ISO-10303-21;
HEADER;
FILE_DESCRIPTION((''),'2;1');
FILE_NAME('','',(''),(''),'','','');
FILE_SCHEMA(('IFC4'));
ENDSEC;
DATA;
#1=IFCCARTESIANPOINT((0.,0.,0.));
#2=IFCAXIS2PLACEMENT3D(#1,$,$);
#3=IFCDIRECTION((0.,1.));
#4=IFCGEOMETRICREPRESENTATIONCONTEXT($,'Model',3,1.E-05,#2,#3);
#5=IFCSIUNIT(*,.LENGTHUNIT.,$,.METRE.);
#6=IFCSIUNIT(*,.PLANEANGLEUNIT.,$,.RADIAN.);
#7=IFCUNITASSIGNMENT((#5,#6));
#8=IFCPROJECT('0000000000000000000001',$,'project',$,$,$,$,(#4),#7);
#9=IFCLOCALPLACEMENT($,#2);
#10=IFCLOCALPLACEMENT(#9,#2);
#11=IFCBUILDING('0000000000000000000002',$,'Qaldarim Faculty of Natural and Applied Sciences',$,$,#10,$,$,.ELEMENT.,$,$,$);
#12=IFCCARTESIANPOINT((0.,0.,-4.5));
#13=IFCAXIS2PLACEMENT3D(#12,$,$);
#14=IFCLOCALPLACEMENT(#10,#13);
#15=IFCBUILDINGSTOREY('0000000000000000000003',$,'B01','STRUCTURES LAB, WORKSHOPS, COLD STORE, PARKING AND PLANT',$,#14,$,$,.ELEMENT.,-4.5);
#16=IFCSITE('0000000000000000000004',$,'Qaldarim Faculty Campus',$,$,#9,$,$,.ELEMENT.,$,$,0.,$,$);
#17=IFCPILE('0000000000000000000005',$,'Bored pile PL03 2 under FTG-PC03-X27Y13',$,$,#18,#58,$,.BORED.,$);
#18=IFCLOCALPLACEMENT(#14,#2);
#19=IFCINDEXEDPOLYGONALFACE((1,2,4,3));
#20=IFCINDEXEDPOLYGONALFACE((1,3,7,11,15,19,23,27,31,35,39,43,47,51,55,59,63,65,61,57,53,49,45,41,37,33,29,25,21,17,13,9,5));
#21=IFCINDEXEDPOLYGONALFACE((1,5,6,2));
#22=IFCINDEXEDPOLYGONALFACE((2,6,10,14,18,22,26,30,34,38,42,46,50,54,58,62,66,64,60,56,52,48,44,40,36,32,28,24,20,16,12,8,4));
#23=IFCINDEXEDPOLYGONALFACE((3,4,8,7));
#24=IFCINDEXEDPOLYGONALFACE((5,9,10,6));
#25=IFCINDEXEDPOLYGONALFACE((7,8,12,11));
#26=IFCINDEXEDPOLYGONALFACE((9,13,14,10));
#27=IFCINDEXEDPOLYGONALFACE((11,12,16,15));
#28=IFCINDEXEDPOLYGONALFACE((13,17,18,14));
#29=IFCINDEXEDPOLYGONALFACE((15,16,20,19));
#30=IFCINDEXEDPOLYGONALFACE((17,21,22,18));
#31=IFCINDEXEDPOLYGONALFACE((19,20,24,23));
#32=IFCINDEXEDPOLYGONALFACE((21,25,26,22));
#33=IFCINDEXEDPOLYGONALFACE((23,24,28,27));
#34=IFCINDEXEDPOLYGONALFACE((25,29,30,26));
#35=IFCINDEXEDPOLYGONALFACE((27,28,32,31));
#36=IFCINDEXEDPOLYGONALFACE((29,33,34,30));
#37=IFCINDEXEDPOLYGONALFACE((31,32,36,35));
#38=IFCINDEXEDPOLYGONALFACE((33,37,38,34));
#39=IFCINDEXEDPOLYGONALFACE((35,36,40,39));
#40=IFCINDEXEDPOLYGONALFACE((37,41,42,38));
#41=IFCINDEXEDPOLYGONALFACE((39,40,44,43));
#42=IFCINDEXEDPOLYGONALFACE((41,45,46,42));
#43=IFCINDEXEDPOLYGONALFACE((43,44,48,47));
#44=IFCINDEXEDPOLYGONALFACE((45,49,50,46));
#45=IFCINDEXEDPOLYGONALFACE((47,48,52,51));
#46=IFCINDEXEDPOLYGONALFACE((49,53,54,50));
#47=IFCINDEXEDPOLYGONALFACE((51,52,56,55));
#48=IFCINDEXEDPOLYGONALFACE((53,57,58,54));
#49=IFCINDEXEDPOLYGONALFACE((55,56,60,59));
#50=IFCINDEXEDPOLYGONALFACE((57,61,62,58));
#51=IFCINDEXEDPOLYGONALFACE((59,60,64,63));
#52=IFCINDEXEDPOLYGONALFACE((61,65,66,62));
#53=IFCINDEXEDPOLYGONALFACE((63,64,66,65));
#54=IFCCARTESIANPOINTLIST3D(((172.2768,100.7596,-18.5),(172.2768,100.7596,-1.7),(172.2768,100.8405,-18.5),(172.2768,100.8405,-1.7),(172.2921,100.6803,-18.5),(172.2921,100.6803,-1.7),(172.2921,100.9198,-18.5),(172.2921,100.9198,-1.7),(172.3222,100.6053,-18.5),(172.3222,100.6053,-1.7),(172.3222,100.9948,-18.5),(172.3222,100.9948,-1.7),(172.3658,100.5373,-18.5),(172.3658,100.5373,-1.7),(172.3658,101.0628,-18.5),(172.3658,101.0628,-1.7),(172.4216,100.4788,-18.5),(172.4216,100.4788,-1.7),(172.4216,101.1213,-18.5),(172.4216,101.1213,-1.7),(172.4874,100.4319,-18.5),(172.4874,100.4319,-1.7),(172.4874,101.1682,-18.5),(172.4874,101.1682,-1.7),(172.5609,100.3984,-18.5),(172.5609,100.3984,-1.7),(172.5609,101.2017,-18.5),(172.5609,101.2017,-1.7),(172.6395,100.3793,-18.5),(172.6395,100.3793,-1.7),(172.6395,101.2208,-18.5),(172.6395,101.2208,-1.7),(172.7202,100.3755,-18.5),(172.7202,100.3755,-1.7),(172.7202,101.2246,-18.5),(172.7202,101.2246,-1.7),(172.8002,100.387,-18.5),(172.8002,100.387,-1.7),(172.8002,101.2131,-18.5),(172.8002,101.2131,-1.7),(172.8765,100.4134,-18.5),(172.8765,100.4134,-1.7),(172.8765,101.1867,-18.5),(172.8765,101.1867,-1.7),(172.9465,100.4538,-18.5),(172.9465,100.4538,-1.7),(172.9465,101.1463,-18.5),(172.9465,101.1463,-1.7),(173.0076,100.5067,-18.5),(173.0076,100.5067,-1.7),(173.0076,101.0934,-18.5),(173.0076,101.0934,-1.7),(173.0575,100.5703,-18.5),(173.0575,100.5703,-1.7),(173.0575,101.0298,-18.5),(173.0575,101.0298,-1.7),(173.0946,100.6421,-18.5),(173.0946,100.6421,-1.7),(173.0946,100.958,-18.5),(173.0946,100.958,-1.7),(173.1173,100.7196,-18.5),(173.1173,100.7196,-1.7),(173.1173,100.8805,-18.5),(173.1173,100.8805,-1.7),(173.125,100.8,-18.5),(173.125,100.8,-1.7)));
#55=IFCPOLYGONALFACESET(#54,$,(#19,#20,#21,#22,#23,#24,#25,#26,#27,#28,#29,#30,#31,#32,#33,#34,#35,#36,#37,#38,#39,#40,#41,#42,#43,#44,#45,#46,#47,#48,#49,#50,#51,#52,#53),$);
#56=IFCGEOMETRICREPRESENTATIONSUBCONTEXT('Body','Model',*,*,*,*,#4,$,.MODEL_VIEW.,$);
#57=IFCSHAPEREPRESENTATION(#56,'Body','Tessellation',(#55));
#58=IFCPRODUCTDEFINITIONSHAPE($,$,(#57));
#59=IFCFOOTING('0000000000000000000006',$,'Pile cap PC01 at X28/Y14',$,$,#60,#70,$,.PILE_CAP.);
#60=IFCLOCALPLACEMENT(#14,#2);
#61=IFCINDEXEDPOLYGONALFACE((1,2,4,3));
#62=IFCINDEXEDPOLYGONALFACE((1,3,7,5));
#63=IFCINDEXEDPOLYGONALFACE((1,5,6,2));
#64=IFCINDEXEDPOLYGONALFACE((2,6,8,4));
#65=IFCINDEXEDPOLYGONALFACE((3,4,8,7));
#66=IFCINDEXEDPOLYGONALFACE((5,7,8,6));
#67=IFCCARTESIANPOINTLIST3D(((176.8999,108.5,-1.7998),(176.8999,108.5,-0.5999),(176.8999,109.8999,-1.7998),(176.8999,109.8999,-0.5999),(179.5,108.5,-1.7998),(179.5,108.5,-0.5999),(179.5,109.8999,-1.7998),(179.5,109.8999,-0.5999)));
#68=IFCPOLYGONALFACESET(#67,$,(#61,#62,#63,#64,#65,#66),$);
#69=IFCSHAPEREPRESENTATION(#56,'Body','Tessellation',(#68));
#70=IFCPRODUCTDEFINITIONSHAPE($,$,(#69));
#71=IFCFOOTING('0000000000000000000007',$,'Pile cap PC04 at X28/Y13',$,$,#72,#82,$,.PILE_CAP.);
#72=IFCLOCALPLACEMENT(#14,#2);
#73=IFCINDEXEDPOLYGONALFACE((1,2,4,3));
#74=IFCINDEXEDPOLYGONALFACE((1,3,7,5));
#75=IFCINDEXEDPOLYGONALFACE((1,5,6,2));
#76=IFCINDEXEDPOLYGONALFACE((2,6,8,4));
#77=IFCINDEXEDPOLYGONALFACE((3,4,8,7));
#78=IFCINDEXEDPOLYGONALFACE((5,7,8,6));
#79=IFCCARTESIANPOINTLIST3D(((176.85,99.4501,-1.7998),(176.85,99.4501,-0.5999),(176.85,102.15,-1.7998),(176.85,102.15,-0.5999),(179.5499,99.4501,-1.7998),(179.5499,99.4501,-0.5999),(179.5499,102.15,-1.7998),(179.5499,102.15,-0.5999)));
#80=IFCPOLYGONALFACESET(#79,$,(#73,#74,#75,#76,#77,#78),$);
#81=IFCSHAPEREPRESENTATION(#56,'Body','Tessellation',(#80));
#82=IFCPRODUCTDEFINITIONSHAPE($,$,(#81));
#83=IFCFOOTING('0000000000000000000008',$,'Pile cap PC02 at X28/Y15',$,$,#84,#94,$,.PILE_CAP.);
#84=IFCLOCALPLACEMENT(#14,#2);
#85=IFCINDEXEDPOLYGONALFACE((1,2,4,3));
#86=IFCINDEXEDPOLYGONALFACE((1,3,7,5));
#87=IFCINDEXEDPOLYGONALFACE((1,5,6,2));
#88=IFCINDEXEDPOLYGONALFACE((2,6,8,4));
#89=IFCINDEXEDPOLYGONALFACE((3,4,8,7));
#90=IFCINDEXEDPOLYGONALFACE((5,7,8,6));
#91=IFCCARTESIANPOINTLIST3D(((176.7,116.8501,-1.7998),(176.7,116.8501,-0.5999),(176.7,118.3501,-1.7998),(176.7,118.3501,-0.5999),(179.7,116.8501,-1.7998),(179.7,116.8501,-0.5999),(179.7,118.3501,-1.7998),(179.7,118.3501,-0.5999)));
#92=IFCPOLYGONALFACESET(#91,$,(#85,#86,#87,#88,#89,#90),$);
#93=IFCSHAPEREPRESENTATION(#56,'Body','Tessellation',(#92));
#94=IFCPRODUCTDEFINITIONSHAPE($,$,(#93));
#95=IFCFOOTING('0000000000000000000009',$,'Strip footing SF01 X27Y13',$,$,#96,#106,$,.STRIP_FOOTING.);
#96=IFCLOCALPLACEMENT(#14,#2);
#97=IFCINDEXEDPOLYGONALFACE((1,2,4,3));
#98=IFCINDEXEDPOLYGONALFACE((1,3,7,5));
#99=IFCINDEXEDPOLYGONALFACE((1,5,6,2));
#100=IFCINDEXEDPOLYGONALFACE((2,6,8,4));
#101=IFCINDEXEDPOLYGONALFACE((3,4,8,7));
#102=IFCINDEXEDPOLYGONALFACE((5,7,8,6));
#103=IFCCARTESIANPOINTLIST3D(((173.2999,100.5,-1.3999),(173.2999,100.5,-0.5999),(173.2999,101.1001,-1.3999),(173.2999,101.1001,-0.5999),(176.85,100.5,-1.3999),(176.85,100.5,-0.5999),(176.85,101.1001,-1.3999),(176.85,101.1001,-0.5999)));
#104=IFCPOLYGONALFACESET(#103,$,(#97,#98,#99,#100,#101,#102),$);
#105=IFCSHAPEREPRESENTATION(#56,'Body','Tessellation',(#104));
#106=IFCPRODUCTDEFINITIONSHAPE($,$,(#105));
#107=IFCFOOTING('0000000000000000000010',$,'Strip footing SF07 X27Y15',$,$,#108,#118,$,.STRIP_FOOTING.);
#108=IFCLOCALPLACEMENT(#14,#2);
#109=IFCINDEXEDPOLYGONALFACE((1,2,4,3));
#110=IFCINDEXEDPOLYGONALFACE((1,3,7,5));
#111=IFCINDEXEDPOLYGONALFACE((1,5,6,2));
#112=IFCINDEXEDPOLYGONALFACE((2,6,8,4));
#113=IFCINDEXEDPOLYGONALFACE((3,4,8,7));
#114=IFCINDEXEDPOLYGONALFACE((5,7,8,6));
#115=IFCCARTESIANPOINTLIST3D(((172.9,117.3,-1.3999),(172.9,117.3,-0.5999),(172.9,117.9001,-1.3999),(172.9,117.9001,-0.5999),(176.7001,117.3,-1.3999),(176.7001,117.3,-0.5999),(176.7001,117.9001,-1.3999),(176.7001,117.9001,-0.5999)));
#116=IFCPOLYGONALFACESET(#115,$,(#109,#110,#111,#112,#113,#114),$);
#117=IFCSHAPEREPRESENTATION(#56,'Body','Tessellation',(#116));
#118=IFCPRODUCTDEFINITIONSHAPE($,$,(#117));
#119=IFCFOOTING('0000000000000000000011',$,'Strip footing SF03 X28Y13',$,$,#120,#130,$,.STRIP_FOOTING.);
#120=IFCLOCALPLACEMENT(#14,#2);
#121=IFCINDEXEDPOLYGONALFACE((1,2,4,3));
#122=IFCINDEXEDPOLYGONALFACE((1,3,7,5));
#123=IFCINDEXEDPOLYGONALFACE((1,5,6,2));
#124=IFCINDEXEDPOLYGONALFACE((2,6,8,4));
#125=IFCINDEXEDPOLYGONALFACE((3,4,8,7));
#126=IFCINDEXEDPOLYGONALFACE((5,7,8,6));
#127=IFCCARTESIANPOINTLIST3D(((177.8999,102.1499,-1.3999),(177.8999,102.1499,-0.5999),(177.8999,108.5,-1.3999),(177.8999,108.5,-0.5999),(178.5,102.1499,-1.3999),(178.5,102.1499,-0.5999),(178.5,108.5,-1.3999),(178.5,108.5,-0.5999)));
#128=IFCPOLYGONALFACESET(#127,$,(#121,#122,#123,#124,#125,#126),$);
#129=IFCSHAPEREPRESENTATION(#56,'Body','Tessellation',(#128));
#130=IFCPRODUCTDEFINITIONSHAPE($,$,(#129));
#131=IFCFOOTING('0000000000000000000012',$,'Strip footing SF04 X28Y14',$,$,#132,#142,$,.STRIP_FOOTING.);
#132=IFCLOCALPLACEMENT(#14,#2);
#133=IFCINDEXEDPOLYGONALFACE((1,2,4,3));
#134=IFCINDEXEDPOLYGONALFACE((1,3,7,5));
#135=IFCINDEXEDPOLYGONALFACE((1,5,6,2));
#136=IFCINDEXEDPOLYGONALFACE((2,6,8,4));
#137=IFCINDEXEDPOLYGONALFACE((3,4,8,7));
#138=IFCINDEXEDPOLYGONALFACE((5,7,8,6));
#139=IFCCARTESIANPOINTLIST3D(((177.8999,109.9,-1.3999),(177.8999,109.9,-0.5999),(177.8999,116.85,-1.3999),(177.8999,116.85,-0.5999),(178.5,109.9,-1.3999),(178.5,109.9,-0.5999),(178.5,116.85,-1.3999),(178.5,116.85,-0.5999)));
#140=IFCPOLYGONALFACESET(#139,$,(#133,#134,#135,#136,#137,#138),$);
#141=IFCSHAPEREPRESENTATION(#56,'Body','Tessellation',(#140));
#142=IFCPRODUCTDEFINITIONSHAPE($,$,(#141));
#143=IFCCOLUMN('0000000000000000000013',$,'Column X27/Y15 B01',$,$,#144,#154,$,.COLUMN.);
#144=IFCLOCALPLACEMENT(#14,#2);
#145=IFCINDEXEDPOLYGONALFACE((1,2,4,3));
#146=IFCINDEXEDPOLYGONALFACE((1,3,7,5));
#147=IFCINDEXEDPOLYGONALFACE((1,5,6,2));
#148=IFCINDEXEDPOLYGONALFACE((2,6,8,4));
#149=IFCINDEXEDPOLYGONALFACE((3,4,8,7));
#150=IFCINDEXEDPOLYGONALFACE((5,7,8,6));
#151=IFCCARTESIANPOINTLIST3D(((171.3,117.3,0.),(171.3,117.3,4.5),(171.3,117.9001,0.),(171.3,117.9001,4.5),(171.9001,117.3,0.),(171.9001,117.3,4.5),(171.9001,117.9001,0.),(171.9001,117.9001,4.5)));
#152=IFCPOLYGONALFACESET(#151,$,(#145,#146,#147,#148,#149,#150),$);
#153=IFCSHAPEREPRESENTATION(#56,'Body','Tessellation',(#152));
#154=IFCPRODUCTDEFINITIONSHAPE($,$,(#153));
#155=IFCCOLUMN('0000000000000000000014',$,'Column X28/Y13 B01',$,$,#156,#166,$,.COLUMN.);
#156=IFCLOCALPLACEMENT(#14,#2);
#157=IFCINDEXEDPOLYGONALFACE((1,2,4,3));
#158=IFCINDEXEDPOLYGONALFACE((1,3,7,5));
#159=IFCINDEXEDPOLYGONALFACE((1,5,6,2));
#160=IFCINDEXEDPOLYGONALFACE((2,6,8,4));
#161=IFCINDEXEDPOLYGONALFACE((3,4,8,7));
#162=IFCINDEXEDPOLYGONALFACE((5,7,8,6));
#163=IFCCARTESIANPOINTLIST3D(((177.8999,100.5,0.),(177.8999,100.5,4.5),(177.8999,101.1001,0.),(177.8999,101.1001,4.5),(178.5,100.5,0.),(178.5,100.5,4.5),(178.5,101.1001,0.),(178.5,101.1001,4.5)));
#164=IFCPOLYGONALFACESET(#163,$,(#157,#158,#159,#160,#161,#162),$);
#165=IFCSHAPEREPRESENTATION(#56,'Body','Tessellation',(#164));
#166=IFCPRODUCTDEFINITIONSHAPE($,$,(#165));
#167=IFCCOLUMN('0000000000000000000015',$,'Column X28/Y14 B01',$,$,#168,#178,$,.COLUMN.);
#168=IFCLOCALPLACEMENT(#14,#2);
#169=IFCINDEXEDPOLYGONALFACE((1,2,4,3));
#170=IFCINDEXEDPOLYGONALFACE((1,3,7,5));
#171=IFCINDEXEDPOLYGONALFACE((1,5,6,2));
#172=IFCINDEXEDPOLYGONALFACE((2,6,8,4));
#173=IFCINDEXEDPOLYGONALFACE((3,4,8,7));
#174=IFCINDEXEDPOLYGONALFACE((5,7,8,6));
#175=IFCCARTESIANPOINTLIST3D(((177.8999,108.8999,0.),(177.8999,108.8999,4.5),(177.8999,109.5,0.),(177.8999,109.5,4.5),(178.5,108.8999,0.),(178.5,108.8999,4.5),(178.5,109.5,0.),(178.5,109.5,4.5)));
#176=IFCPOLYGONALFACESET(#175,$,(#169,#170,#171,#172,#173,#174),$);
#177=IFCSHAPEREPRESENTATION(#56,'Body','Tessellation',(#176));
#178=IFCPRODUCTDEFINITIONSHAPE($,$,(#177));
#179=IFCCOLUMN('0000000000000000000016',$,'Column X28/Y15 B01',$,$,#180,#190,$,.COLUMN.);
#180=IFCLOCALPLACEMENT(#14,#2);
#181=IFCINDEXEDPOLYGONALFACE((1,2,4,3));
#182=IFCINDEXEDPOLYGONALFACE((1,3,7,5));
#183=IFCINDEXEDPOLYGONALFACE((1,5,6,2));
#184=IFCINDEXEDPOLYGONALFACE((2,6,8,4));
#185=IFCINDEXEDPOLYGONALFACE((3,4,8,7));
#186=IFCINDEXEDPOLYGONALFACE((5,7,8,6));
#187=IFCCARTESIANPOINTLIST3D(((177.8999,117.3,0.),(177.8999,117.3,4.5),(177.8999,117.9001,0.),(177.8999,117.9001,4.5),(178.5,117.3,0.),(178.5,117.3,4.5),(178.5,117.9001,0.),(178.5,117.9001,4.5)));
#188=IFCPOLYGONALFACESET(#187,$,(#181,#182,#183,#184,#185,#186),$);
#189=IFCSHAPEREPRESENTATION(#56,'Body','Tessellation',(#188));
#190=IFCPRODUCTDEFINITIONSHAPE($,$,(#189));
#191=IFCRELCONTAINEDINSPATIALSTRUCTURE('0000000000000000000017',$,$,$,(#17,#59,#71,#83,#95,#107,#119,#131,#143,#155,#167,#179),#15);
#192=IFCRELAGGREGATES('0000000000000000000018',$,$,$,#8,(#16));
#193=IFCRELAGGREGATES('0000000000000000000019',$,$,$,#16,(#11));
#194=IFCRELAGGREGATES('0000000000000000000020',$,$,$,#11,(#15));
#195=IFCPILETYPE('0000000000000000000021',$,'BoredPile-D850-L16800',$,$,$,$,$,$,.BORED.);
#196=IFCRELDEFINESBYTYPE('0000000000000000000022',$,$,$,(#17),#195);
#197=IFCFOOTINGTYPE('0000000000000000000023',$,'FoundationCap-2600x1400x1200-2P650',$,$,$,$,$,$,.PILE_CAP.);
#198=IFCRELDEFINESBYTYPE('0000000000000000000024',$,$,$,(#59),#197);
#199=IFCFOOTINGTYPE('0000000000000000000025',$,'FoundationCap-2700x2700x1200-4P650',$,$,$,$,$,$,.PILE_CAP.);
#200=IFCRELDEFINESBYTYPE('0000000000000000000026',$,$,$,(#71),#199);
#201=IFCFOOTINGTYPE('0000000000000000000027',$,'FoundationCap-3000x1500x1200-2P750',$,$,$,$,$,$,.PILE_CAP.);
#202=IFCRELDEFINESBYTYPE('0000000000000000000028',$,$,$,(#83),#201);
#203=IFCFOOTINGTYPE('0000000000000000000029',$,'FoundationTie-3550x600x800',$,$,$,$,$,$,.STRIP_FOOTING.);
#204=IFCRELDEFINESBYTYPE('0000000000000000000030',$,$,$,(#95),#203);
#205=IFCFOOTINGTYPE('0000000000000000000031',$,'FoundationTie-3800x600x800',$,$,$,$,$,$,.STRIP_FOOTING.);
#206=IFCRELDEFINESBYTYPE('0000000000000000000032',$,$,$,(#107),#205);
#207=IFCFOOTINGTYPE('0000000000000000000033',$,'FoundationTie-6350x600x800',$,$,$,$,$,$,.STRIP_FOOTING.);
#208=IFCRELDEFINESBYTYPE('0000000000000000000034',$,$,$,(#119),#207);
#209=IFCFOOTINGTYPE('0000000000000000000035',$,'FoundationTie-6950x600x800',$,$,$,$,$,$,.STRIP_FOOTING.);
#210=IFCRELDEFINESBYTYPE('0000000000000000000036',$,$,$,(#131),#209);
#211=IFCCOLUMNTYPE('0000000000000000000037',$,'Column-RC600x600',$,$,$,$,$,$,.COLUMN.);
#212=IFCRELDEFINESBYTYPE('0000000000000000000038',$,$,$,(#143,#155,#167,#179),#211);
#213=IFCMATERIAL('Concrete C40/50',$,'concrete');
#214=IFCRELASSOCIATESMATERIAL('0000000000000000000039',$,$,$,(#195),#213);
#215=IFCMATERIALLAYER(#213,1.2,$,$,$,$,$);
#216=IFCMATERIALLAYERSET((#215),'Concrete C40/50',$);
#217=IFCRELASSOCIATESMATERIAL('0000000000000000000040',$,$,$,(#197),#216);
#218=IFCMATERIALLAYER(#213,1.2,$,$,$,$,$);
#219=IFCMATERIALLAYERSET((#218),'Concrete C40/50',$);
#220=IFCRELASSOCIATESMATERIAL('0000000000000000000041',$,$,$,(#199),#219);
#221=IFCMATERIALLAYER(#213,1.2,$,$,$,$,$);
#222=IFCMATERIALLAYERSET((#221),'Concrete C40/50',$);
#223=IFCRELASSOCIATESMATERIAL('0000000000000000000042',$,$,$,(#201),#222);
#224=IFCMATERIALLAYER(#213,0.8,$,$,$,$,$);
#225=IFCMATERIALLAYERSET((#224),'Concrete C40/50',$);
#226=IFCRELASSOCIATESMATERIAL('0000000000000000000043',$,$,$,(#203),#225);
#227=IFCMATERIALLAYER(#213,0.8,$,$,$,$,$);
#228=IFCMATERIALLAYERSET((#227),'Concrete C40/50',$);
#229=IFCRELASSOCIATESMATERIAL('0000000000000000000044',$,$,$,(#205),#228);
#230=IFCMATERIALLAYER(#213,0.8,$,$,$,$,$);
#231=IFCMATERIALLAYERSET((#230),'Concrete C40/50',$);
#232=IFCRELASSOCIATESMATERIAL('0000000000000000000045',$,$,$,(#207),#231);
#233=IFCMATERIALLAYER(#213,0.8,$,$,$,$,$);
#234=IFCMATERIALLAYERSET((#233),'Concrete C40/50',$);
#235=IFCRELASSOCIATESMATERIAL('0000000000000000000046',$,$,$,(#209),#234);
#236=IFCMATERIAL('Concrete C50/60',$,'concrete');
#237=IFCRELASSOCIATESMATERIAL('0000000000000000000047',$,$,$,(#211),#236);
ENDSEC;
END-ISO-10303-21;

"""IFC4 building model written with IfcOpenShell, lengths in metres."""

from ifc_helpers import new_model, si_unit, direction, frame, origin, origin_2d, place, context, subcontext, project, spatial, rectangle, circle, extrude, material, layer, layer_set, material_profile, profile_set, type_object, element, save


model = new_model("IFC4")

# Units and contexts
model_context = context("Model", 3, precision=1e-05, world=origin(), true_north=direction((0.0, 1.0)))
body_context = subcontext(model_context, "Body", "Model", "MODEL_VIEW")
ifc_project = project(units=[si_unit("LENGTHUNIT", "METRE"), si_unit("PLANEANGLEUNIT", "RADIAN")], contexts=[model_context])

# Site, building, storey
site_placement = place(None, origin())
site = spatial("IfcSite", under=ifc_project, at=site_placement, Name="Qaldarim Faculty Campus", CompositionType="ELEMENT", RefElevation=0.0)
building_placement = place(site_placement, origin())
building = spatial("IfcBuilding", under=site, at=building_placement, Name="Qaldarim Faculty of Natural and Applied Sciences", CompositionType="ELEMENT")
storey_placement = place(building_placement, frame((0.0, 0.0, -4.5)))
storey = spatial("IfcBuildingStorey", under=building, at=storey_placement, Name="B01", Description="STRUCTURES LAB, WORKSHOPS, COLD STORE, PARKING AND PLANT", CompositionType="ELEMENT", Elevation=-4.5)

# Pile
ifc_material_1 = material(Name="Concrete C40/50", Category="concrete")
ifc_material_profile_1 = material_profile(ifc_material_1, circle(Radius=0.425, at=origin_2d()), Name="PILE-D850")
ifc_profile_set_1 = profile_set([ifc_material_profile_1], Name="Concrete C40/50")
pile_type_1 = type_object("IfcPileType", Name="BoredPile-D850-L16800", PredefinedType="BORED", material=ifc_profile_set_1)
pile_placement = place(storey_placement, frame((172.7, 100.8, -1.7), z_axis=(0.0, 0.0, -1.0), x_axis=(1.0, 0.0, 0.0)))
element("IfcPile", 1, at=pile_placement, inside=storey, type_object=pile_type_1, Name="Bored pile PL03 2 under FTG-PC03-X27Y13", PredefinedType="BORED", context=body_context, shape_type="SweptSolid", body=[
    extrude(circle(Radius=0.425, at=origin_2d()), origin(), (0.0, 0.0, 1.0), 16.8),
])

# Footings
ifc_layer_1 = layer(ifc_material_1, 1.2)
ifc_layer_set_1 = layer_set([ifc_layer_1], Name="Concrete C40/50")
footing_type_1 = type_object("IfcFootingType", Name="FoundationCap-2600x1400x1200-2P650", PredefinedType="PILE_CAP", material=ifc_layer_set_1)
footing_1_placement = place(storey_placement, frame((178.2, 109.2, -1.7998), z_axis=(0.0, 0.0, 1.0), x_axis=(1.0, 0.0, 0.0)))
element("IfcFooting", 2, at=footing_1_placement, inside=storey, type_object=footing_type_1, Name="Pile cap PC01 at X28/Y14", PredefinedType="PILE_CAP", context=body_context, shape_type="SweptSolid", body=[
    extrude(rectangle(XDim=2.6001, YDim=1.3999, at=origin_2d()), origin(), (0.0, 0.0, 1.0), 1.2),
])
ifc_layer_2 = layer(ifc_material_1, 1.2)
ifc_layer_set_2 = layer_set([ifc_layer_2], Name="Concrete C40/50")
footing_type_2 = type_object("IfcFootingType", Name="FoundationCap-2700x2700x1200-4P650", PredefinedType="PILE_CAP", material=ifc_layer_set_2)
footing_2_placement = place(storey_placement, frame((178.2, 100.8, -1.7998), z_axis=(0.0, 0.0, 1.0), x_axis=(1.0, 0.0, 0.0)))
element("IfcFooting", 3, at=footing_2_placement, inside=storey, type_object=footing_type_2, Name="Pile cap PC04 at X28/Y13", PredefinedType="PILE_CAP", context=body_context, shape_type="SweptSolid", body=[
    extrude(rectangle(XDim=2.7, YDim=2.7, at=origin_2d()), origin(), (0.0, 0.0, 1.0), 1.2),
])
ifc_layer_3 = layer(ifc_material_1, 1.2)
ifc_layer_set_3 = layer_set([ifc_layer_3], Name="Concrete C40/50")
footing_type_3 = type_object("IfcFootingType", Name="FoundationCap-3000x1500x1200-2P750", PredefinedType="PILE_CAP", material=ifc_layer_set_3)
footing_3_placement = place(storey_placement, frame((178.2, 117.6001, -1.7998), z_axis=(0.0, 0.0, 1.0), x_axis=(1.0, 0.0, 0.0)))
element("IfcFooting", 4, at=footing_3_placement, inside=storey, type_object=footing_type_3, Name="Pile cap PC02 at X28/Y15", PredefinedType="PILE_CAP", context=body_context, shape_type="SweptSolid", body=[
    extrude(rectangle(XDim=3.0, YDim=1.5, at=origin_2d()), origin(), (0.0, 0.0, 1.0), 1.2),
])
ifc_layer_4 = layer(ifc_material_1, 0.8)
ifc_layer_set_4 = layer_set([ifc_layer_4], Name="Concrete C40/50")
footing_type_4 = type_object("IfcFootingType", Name="FoundationTie-3550x600x800", PredefinedType="STRIP_FOOTING", material=ifc_layer_set_4)
footing_4_placement = place(storey_placement, frame((175.075, 100.8, -1.3999), z_axis=(0.0, 0.0, 1.0), x_axis=(1.0, 0.0, 0.0)))
element("IfcFooting", 5, at=footing_4_placement, inside=storey, type_object=footing_type_4, Name="Strip footing SF01 X27Y13", PredefinedType="STRIP_FOOTING", context=body_context, shape_type="SweptSolid", body=[
    extrude(rectangle(XDim=3.55, YDim=0.6001, at=origin_2d()), origin(), (0.0, 0.0, 1.0), 0.8),
])
ifc_layer_5 = layer(ifc_material_1, 0.8)
ifc_layer_set_5 = layer_set([ifc_layer_5], Name="Concrete C40/50")
footing_type_5 = type_object("IfcFootingType", Name="FoundationTie-3800x600x800", PredefinedType="STRIP_FOOTING", material=ifc_layer_set_5)
footing_5_placement = place(storey_placement, frame((174.8, 117.6001, -1.3999), z_axis=(0.0, 0.0, 1.0), x_axis=(1.0, 0.0, 0.0)))
element("IfcFooting", 6, at=footing_5_placement, inside=storey, type_object=footing_type_5, Name="Strip footing SF07 X27Y15", PredefinedType="STRIP_FOOTING", context=body_context, shape_type="SweptSolid", body=[
    extrude(rectangle(XDim=3.8, YDim=0.6001, at=origin_2d()), origin(), (0.0, 0.0, 1.0), 0.8),
])
ifc_layer_6 = layer(ifc_material_1, 0.8)
ifc_layer_set_6 = layer_set([ifc_layer_6], Name="Concrete C40/50")
footing_type_6 = type_object("IfcFootingType", Name="FoundationTie-6350x600x800", PredefinedType="STRIP_FOOTING", material=ifc_layer_set_6)
footing_6_placement = place(storey_placement, frame((178.2, 105.325, -1.3999), z_axis=(0.0, 0.0, 1.0), x_axis=(0.0, 1.0, 0.0)))
element("IfcFooting", 7, at=footing_6_placement, inside=storey, type_object=footing_type_6, Name="Strip footing SF03 X28Y13", PredefinedType="STRIP_FOOTING", context=body_context, shape_type="SweptSolid", body=[
    extrude(rectangle(XDim=6.3501, YDim=0.6001, at=origin_2d()), origin(), (0.0, 0.0, 1.0), 0.8),
])
ifc_layer_7 = layer(ifc_material_1, 0.8)
ifc_layer_set_7 = layer_set([ifc_layer_7], Name="Concrete C40/50")
footing_type_7 = type_object("IfcFootingType", Name="FoundationTie-6950x600x800", PredefinedType="STRIP_FOOTING", material=ifc_layer_set_7)
footing_7_placement = place(storey_placement, frame((178.2, 113.375, -1.3999), z_axis=(0.0, 0.0, 1.0), x_axis=(0.0, 1.0, 0.0)))
element("IfcFooting", 8, at=footing_7_placement, inside=storey, type_object=footing_type_7, Name="Strip footing SF04 X28Y14", PredefinedType="STRIP_FOOTING", context=body_context, shape_type="SweptSolid", body=[
    extrude(rectangle(XDim=6.95, YDim=0.6001, at=origin_2d()), origin(), (0.0, 0.0, 1.0), 0.8),
])

# Columns
ifc_material_2 = material(Name="Concrete C50/60", Category="concrete")
ifc_material_profile_2 = material_profile(ifc_material_2, rectangle(XDim=0.6001, YDim=0.6001, at=origin_2d()), Name="RC-C600x600")
ifc_profile_set_2 = profile_set([ifc_material_profile_2], Name="Concrete C50/60")
column_type_1 = type_object("IfcColumnType", Name="Column-RC600x600", PredefinedType="COLUMN", material=ifc_profile_set_2)
for number, where, z_axis, x_axis, name in (
    (9, (171.6001, 117.6001, 0.0), (0.0, 0.0, 1.0), (1.0, 0.0, 0.0), "Column X27/Y15 B01"),
    (10, (178.2, 100.8, 0.0), (0.0, 0.0, 1.0), (1.0, 0.0, 0.0), "Column X28/Y13 B01"),
    (11, (178.2, 109.2, 0.0), (0.0, 0.0, 1.0), (1.0, 0.0, 0.0), "Column X28/Y14 B01"),
    (12, (178.2, 117.6001, 0.0), (0.0, 0.0, 1.0), (1.0, 0.0, 0.0), "Column X28/Y15 B01"),
):
    element("IfcColumn", number, at=place(storey_placement, frame(where, z_axis=z_axis, x_axis=x_axis)), inside=storey, type_object=column_type_1, Name=name, PredefinedType="COLUMN", context=body_context, shape_type="SweptSolid", body=[
        extrude(rectangle(XDim=0.6001, YDim=0.6001, at=origin_2d()), origin(), (0.0, 0.0, 1.0), 4.5),
    ])

save(model, "model.ifc")
